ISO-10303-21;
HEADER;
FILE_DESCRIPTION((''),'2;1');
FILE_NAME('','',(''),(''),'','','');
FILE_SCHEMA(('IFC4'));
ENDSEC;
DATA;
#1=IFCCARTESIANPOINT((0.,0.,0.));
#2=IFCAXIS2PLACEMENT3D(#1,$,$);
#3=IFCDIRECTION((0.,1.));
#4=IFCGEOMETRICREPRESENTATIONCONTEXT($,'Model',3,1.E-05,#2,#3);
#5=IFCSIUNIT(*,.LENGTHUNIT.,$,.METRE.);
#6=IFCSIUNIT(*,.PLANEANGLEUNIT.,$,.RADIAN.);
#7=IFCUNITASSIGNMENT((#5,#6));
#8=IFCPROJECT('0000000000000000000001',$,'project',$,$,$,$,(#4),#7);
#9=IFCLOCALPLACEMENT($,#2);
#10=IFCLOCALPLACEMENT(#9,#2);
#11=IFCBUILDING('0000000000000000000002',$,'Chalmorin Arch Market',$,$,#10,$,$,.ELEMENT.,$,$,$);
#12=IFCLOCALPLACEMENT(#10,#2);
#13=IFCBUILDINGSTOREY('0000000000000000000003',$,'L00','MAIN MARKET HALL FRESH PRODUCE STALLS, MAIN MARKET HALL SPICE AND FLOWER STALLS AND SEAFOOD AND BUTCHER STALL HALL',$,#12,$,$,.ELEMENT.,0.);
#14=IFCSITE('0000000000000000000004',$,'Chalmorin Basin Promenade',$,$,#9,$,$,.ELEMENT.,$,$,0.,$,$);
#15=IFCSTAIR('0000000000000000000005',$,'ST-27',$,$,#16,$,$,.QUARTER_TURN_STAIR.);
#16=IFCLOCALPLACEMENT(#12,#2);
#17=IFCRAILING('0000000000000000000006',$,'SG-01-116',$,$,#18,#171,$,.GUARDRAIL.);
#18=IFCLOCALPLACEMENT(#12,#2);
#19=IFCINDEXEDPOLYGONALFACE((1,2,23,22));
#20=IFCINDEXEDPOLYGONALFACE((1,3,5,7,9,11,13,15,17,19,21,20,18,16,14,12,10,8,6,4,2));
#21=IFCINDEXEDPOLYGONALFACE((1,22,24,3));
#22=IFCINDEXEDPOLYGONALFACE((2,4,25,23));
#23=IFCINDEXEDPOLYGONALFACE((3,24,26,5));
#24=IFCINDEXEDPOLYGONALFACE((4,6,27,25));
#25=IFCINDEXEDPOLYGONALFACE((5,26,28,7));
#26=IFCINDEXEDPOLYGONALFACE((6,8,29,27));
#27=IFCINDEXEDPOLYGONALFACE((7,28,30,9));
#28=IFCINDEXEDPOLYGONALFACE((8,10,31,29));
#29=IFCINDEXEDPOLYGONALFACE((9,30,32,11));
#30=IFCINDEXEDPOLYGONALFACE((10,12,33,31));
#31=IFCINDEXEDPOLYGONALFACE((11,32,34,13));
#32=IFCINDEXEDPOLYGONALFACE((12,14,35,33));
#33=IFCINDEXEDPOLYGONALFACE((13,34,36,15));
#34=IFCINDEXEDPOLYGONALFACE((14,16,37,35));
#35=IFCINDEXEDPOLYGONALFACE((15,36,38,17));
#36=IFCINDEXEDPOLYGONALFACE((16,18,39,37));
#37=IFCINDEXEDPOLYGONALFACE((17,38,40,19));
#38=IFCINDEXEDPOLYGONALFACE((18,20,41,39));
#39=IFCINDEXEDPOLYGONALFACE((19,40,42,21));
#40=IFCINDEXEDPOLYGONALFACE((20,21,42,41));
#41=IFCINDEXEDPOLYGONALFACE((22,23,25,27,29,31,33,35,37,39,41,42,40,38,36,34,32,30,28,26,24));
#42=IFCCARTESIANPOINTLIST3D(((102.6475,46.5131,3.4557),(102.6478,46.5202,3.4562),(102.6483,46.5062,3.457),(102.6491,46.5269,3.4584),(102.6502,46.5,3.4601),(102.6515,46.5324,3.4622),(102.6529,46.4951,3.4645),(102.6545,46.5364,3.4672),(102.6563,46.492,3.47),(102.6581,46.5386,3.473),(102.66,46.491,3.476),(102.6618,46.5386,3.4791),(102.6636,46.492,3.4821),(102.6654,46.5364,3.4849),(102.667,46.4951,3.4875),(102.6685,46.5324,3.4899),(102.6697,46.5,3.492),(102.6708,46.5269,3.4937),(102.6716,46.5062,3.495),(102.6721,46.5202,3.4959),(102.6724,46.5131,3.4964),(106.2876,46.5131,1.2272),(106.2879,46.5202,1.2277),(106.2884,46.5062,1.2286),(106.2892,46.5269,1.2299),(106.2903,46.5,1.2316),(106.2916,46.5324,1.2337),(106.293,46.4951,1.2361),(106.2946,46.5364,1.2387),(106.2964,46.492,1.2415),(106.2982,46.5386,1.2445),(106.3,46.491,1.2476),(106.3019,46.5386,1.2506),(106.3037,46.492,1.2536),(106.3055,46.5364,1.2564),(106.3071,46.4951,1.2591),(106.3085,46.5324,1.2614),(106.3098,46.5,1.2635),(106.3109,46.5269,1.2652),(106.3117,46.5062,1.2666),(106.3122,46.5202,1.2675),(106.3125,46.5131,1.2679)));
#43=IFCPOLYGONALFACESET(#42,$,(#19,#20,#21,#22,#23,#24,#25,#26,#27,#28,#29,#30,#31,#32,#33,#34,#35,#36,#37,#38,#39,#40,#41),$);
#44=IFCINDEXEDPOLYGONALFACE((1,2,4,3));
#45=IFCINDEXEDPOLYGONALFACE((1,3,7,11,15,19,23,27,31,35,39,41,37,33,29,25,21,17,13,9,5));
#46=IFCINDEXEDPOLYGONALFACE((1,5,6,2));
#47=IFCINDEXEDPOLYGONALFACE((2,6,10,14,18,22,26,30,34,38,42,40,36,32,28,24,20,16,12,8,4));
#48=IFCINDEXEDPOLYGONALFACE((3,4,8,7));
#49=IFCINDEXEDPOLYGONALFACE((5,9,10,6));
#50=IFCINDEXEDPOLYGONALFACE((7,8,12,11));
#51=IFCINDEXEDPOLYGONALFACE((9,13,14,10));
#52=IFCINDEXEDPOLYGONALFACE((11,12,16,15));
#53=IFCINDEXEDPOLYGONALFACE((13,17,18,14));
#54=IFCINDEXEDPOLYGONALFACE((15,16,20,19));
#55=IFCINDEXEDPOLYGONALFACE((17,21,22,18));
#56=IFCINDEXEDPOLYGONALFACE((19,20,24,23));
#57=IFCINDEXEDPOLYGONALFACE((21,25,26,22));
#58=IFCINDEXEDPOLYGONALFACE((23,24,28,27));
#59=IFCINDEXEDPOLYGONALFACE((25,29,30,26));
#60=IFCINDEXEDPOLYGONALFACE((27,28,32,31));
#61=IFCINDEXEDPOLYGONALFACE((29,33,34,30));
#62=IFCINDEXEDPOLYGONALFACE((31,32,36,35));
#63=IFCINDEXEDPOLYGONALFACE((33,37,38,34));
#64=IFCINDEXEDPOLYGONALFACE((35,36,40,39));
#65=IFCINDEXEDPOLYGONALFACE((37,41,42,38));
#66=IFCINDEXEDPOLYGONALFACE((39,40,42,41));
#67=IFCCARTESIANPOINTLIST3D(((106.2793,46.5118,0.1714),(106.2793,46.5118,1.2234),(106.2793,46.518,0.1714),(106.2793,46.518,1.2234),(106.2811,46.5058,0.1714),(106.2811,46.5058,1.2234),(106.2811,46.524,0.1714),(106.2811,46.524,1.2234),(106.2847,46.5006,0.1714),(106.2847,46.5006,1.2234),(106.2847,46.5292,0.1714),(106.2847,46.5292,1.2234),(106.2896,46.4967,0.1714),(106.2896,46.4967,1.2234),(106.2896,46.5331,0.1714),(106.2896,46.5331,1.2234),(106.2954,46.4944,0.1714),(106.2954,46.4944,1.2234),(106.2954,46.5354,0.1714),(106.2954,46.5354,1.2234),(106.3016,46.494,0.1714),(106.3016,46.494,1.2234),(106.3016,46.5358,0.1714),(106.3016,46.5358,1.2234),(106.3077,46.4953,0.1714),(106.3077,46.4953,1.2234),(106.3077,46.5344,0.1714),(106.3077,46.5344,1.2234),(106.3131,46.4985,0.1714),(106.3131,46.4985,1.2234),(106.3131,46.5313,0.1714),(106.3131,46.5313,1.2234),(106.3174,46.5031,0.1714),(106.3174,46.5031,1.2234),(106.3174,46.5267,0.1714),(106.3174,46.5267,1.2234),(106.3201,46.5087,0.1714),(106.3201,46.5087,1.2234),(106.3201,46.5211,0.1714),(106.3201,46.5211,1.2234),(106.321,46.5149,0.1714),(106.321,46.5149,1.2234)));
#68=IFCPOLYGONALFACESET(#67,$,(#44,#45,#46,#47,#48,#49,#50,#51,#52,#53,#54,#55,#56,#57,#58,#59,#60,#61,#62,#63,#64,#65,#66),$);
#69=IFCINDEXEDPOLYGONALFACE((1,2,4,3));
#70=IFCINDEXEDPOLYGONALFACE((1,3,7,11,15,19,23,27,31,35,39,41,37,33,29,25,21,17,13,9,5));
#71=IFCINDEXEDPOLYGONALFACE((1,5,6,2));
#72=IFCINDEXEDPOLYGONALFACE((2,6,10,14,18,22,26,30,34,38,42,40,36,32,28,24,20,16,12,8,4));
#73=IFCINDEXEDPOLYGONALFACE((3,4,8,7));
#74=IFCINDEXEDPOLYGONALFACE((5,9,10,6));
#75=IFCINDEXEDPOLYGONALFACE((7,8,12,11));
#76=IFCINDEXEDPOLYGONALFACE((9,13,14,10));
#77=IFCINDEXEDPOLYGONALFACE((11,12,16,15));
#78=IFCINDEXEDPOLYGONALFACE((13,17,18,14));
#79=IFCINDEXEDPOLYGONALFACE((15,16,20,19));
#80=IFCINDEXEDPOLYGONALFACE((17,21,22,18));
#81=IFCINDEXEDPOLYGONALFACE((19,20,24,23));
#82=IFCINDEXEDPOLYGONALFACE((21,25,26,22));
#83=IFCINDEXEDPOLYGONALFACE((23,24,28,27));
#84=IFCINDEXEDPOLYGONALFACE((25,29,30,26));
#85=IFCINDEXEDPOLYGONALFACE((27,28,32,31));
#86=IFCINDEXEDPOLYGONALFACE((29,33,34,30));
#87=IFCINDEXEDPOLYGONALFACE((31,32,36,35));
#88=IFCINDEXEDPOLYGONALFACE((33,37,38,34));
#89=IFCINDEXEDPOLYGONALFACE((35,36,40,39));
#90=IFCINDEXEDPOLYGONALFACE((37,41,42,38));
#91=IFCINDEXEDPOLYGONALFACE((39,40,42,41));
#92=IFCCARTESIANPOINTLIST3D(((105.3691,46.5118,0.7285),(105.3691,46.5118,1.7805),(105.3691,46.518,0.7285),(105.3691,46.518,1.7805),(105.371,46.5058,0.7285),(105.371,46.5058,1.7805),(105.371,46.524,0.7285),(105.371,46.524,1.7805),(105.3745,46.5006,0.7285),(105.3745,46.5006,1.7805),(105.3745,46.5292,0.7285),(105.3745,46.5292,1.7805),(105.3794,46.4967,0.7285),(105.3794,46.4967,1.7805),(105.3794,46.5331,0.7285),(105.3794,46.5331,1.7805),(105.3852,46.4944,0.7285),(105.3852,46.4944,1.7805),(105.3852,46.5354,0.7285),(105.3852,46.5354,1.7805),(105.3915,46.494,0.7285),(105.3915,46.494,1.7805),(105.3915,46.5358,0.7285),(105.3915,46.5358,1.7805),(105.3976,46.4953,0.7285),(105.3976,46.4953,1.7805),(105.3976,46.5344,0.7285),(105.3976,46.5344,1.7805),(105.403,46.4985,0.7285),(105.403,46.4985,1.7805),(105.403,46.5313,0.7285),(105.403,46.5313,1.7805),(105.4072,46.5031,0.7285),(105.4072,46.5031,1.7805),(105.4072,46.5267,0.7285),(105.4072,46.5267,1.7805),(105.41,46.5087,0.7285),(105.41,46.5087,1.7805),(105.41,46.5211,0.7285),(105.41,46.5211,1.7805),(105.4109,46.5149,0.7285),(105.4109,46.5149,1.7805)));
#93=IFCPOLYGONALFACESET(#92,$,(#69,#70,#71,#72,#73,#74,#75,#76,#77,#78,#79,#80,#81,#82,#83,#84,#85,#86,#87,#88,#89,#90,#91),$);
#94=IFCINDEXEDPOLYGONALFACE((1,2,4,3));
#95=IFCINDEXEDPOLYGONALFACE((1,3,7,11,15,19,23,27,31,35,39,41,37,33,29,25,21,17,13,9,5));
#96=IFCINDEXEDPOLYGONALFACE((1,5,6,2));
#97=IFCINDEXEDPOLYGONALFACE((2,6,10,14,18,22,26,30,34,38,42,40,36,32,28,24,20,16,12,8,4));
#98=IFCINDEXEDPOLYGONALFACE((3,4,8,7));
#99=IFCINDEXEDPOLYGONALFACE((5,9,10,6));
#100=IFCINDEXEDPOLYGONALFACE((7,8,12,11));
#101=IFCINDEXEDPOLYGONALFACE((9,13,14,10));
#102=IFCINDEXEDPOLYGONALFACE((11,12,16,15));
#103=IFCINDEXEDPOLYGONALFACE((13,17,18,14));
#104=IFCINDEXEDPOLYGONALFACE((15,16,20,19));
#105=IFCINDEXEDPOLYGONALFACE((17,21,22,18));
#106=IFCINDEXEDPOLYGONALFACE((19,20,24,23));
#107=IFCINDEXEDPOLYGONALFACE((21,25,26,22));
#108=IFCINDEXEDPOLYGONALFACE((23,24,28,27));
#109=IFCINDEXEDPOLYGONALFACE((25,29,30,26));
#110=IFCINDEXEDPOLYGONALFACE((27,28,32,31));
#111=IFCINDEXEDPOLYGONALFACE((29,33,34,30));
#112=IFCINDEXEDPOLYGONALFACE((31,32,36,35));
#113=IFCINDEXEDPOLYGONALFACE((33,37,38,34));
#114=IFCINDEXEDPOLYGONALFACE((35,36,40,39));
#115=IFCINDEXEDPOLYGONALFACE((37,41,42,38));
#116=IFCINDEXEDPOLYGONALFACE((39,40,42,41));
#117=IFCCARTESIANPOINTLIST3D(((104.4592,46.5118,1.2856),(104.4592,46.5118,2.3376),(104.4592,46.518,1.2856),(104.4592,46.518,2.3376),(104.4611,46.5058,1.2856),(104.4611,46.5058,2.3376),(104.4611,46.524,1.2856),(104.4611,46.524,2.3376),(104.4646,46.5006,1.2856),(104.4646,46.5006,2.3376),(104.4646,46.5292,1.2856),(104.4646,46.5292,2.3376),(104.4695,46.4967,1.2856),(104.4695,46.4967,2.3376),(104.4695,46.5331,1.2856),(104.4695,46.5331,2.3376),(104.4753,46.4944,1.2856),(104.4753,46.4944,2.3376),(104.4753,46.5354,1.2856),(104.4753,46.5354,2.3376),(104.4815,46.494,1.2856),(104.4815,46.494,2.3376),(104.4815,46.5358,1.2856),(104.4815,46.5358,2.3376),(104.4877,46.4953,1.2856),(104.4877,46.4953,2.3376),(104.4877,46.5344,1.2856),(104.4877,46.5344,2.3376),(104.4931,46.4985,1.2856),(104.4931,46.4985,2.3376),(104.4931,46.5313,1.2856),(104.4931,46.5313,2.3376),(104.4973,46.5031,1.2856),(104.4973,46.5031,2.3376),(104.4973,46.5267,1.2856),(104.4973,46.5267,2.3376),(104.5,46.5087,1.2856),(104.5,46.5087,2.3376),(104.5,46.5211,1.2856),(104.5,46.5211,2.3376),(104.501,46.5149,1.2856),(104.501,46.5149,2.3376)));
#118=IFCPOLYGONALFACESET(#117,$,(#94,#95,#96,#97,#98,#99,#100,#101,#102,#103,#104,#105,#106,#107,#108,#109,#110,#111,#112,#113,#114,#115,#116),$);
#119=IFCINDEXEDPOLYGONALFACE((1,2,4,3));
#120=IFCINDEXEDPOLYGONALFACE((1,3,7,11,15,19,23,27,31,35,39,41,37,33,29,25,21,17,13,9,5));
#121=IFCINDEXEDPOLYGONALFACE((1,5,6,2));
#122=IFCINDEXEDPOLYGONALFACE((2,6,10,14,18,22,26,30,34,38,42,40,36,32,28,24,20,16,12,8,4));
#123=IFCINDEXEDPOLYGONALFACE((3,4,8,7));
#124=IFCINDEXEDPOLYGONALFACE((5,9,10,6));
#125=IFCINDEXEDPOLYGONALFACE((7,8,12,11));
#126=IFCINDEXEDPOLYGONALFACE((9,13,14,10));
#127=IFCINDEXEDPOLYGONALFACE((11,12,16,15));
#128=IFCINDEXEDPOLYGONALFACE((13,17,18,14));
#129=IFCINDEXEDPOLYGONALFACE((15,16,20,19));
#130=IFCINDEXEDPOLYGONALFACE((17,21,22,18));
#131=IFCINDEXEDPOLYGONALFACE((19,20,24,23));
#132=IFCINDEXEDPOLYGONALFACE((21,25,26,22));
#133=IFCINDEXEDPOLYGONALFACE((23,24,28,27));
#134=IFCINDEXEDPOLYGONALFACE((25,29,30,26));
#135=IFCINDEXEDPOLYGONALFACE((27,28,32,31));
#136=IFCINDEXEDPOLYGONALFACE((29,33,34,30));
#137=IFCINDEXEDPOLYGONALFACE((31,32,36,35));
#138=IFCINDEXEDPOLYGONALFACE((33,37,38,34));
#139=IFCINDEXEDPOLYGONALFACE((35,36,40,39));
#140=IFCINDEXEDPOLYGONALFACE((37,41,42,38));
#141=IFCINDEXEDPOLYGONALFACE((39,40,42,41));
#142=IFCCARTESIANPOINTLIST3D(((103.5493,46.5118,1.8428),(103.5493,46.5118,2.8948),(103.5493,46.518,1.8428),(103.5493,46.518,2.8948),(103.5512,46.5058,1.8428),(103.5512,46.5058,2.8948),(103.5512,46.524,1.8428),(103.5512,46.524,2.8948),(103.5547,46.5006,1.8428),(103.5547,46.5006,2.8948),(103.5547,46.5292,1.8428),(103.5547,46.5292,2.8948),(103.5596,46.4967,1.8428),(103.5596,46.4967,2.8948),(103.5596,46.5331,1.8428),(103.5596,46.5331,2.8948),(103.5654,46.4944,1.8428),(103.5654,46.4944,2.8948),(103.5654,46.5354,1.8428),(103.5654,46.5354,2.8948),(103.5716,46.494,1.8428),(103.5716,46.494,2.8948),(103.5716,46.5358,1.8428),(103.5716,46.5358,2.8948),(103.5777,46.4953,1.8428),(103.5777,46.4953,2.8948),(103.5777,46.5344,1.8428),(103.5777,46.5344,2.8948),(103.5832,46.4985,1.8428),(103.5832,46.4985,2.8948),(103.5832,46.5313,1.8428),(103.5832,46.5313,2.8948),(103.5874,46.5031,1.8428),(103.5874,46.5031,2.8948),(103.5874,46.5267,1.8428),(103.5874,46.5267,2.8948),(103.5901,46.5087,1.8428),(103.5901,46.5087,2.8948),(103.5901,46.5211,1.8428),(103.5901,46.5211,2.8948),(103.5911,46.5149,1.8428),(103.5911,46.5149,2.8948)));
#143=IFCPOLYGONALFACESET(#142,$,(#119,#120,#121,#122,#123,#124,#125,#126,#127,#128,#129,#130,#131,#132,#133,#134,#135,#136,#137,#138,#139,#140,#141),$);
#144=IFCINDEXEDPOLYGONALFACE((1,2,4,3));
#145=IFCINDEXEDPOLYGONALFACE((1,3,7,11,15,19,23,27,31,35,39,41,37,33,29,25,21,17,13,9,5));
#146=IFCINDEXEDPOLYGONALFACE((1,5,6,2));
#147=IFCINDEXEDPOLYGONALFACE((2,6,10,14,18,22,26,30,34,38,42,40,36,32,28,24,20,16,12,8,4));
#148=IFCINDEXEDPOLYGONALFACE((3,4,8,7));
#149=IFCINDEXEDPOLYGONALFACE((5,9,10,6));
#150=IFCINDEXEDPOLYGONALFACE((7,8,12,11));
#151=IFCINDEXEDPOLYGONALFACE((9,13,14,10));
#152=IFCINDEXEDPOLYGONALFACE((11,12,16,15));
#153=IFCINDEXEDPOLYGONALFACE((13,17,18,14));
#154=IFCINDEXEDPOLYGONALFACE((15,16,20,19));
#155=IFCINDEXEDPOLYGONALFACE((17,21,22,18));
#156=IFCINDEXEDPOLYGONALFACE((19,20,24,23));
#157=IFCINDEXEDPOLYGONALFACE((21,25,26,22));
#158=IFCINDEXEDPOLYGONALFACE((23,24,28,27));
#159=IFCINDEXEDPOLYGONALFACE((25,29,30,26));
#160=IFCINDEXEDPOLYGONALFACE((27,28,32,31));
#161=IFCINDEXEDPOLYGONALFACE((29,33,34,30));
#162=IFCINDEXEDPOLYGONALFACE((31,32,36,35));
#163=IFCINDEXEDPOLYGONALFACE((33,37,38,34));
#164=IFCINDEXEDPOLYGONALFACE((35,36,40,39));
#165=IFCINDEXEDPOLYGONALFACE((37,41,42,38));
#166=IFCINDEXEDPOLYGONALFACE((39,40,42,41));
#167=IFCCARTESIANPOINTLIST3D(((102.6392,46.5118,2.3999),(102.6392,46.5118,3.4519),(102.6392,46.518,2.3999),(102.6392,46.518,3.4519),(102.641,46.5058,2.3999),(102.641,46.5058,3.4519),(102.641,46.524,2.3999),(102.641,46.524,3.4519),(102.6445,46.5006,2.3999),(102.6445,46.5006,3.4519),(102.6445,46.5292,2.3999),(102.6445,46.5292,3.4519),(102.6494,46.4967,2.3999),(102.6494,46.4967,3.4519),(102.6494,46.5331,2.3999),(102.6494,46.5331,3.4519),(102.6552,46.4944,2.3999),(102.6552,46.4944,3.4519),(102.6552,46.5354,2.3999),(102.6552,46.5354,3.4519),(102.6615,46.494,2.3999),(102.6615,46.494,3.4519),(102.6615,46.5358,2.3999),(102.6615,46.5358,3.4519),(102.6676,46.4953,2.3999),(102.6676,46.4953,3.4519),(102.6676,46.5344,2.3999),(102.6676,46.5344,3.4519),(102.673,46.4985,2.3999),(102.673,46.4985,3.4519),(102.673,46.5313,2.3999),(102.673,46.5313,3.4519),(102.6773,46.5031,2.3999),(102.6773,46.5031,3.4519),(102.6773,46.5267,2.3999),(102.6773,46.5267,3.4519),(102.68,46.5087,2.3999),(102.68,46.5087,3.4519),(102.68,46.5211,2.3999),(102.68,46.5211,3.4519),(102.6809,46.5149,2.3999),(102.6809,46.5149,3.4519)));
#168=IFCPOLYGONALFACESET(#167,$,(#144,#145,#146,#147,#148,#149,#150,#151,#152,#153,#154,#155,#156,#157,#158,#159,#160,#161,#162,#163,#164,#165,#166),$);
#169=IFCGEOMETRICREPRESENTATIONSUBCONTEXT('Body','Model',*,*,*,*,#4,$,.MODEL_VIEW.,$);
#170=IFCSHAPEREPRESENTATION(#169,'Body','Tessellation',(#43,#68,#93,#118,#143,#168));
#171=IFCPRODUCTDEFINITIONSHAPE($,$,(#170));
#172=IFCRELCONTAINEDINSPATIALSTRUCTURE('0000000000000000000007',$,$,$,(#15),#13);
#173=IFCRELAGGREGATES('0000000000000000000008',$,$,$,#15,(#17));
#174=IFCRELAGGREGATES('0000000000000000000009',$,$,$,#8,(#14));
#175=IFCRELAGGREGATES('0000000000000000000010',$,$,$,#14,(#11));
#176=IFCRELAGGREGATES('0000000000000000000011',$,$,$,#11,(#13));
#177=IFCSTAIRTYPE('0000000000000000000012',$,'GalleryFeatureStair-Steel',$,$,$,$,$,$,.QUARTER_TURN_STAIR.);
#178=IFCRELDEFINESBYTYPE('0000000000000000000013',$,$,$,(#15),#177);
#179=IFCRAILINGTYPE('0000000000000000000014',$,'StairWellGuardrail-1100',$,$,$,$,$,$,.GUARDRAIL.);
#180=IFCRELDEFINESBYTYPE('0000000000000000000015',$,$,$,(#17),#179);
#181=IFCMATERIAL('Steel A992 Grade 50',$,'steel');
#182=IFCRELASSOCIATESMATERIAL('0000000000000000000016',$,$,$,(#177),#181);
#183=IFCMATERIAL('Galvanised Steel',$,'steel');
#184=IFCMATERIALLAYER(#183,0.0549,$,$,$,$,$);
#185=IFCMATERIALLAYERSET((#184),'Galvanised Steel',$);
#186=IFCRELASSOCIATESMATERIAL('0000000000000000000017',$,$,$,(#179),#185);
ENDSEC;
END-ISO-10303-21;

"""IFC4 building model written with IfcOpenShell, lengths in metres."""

from ifc_helpers import new_model, si_unit, direction, frame, origin, origin_2d, place, context, subcontext, project, spatial, circle, extrude, material, layer, layer_set, type_object, element, aggregate, save


model = new_model("IFC4")

# Units and contexts
model_context = context("Model", 3, precision=1e-05, world=origin(), true_north=direction((0.0, 1.0)))
body_context = subcontext(model_context, "Body", "Model", "MODEL_VIEW")
ifc_project = project(units=[si_unit("LENGTHUNIT", "METRE"), si_unit("PLANEANGLEUNIT", "RADIAN")], contexts=[model_context])

# Site, building, storey
site_placement = place(None, origin())
site = spatial("IfcSite", under=ifc_project, at=site_placement, Name="Chalmorin Basin Promenade", CompositionType="ELEMENT", RefElevation=0.0)
building_placement = place(site_placement, origin())
building = spatial("IfcBuilding", under=site, at=building_placement, Name="Chalmorin Arch Market", CompositionType="ELEMENT")
storey_placement = place(building_placement, origin())
storey = spatial("IfcBuildingStorey", under=building, at=storey_placement, Name="L00", Description="MAIN MARKET HALL FRESH PRODUCE STALLS, MAIN MARKET HALL SPICE AND FLOWER STALLS AND SEAFOOD AND BUTCHER STALL HALL", CompositionType="ELEMENT", Elevation=0.0)

# Shared definitions
ifc_material_1 = material(Name="Steel A992 Grade 50", Category="steel")

# Stair, railing
stair_type = type_object("IfcStairType", Name="GalleryFeatureStair-Steel", PredefinedType="QUARTER_TURN_STAIR", material=ifc_material_1)
stair_placement = place(storey_placement, origin())
stair = element("IfcStair", 1, at=stair_placement, inside=storey, type_object=stair_type, Name="ST-27", PredefinedType="QUARTER_TURN_STAIR")
ifc_material_2 = material(Name="Galvanised Steel", Category="steel")
ifc_layer_1 = layer(ifc_material_2, 0.0549)
ifc_layer_set_1 = layer_set([ifc_layer_1], Name="Galvanised Steel")
railing_type = type_object("IfcRailingType", Name="StairWellGuardrail-1100", PredefinedType="GUARDRAIL", material=ifc_layer_set_1)
railing_1_placement = place(storey_placement, frame((106.3, 46.5149, 0.1714)))
railing_1 = element("IfcRailing", 2, at=railing_1_placement, type_object=railing_type, Name="SG-01-116", PredefinedType="GUARDRAIL", context=body_context, shape_type="SweptSolid", body=[
    extrude(circle(Radius=0.0239, at=origin_2d()), frame((0.0, 0.0, 1.0762), z_axis=(-0.852866, 0.0, 0.52213), x_axis=(0.0, -1.0, 0.0)), (0.0, 0.0, 1.0), 4.2681),
    extrude(circle(Radius=0.021, at=origin_2d()), origin(), (0.0, 0.0, 1.0), 1.052),
    extrude(circle(Radius=0.021, at=origin_2d()), frame((-0.9102, 0.0, 0.5571)), (0.0, 0.0, 1.0), 1.052),
    extrude(circle(Radius=0.021, at=origin_2d()), frame((-1.8201, 0.0, 1.1143)), (0.0, 0.0, 1.0), 1.052),
    extrude(circle(Radius=0.021, at=origin_2d()), frame((-2.73, 0.0, 1.6714)), (0.0, 0.0, 1.0), 1.052),
    extrude(circle(Radius=0.021, at=origin_2d()), frame((-3.6401, 0.0, 2.2285)), (0.0, 0.0, 1.0), 1.052),
])
aggregate(stair, [railing_1])

save(model, "model.ifc")
